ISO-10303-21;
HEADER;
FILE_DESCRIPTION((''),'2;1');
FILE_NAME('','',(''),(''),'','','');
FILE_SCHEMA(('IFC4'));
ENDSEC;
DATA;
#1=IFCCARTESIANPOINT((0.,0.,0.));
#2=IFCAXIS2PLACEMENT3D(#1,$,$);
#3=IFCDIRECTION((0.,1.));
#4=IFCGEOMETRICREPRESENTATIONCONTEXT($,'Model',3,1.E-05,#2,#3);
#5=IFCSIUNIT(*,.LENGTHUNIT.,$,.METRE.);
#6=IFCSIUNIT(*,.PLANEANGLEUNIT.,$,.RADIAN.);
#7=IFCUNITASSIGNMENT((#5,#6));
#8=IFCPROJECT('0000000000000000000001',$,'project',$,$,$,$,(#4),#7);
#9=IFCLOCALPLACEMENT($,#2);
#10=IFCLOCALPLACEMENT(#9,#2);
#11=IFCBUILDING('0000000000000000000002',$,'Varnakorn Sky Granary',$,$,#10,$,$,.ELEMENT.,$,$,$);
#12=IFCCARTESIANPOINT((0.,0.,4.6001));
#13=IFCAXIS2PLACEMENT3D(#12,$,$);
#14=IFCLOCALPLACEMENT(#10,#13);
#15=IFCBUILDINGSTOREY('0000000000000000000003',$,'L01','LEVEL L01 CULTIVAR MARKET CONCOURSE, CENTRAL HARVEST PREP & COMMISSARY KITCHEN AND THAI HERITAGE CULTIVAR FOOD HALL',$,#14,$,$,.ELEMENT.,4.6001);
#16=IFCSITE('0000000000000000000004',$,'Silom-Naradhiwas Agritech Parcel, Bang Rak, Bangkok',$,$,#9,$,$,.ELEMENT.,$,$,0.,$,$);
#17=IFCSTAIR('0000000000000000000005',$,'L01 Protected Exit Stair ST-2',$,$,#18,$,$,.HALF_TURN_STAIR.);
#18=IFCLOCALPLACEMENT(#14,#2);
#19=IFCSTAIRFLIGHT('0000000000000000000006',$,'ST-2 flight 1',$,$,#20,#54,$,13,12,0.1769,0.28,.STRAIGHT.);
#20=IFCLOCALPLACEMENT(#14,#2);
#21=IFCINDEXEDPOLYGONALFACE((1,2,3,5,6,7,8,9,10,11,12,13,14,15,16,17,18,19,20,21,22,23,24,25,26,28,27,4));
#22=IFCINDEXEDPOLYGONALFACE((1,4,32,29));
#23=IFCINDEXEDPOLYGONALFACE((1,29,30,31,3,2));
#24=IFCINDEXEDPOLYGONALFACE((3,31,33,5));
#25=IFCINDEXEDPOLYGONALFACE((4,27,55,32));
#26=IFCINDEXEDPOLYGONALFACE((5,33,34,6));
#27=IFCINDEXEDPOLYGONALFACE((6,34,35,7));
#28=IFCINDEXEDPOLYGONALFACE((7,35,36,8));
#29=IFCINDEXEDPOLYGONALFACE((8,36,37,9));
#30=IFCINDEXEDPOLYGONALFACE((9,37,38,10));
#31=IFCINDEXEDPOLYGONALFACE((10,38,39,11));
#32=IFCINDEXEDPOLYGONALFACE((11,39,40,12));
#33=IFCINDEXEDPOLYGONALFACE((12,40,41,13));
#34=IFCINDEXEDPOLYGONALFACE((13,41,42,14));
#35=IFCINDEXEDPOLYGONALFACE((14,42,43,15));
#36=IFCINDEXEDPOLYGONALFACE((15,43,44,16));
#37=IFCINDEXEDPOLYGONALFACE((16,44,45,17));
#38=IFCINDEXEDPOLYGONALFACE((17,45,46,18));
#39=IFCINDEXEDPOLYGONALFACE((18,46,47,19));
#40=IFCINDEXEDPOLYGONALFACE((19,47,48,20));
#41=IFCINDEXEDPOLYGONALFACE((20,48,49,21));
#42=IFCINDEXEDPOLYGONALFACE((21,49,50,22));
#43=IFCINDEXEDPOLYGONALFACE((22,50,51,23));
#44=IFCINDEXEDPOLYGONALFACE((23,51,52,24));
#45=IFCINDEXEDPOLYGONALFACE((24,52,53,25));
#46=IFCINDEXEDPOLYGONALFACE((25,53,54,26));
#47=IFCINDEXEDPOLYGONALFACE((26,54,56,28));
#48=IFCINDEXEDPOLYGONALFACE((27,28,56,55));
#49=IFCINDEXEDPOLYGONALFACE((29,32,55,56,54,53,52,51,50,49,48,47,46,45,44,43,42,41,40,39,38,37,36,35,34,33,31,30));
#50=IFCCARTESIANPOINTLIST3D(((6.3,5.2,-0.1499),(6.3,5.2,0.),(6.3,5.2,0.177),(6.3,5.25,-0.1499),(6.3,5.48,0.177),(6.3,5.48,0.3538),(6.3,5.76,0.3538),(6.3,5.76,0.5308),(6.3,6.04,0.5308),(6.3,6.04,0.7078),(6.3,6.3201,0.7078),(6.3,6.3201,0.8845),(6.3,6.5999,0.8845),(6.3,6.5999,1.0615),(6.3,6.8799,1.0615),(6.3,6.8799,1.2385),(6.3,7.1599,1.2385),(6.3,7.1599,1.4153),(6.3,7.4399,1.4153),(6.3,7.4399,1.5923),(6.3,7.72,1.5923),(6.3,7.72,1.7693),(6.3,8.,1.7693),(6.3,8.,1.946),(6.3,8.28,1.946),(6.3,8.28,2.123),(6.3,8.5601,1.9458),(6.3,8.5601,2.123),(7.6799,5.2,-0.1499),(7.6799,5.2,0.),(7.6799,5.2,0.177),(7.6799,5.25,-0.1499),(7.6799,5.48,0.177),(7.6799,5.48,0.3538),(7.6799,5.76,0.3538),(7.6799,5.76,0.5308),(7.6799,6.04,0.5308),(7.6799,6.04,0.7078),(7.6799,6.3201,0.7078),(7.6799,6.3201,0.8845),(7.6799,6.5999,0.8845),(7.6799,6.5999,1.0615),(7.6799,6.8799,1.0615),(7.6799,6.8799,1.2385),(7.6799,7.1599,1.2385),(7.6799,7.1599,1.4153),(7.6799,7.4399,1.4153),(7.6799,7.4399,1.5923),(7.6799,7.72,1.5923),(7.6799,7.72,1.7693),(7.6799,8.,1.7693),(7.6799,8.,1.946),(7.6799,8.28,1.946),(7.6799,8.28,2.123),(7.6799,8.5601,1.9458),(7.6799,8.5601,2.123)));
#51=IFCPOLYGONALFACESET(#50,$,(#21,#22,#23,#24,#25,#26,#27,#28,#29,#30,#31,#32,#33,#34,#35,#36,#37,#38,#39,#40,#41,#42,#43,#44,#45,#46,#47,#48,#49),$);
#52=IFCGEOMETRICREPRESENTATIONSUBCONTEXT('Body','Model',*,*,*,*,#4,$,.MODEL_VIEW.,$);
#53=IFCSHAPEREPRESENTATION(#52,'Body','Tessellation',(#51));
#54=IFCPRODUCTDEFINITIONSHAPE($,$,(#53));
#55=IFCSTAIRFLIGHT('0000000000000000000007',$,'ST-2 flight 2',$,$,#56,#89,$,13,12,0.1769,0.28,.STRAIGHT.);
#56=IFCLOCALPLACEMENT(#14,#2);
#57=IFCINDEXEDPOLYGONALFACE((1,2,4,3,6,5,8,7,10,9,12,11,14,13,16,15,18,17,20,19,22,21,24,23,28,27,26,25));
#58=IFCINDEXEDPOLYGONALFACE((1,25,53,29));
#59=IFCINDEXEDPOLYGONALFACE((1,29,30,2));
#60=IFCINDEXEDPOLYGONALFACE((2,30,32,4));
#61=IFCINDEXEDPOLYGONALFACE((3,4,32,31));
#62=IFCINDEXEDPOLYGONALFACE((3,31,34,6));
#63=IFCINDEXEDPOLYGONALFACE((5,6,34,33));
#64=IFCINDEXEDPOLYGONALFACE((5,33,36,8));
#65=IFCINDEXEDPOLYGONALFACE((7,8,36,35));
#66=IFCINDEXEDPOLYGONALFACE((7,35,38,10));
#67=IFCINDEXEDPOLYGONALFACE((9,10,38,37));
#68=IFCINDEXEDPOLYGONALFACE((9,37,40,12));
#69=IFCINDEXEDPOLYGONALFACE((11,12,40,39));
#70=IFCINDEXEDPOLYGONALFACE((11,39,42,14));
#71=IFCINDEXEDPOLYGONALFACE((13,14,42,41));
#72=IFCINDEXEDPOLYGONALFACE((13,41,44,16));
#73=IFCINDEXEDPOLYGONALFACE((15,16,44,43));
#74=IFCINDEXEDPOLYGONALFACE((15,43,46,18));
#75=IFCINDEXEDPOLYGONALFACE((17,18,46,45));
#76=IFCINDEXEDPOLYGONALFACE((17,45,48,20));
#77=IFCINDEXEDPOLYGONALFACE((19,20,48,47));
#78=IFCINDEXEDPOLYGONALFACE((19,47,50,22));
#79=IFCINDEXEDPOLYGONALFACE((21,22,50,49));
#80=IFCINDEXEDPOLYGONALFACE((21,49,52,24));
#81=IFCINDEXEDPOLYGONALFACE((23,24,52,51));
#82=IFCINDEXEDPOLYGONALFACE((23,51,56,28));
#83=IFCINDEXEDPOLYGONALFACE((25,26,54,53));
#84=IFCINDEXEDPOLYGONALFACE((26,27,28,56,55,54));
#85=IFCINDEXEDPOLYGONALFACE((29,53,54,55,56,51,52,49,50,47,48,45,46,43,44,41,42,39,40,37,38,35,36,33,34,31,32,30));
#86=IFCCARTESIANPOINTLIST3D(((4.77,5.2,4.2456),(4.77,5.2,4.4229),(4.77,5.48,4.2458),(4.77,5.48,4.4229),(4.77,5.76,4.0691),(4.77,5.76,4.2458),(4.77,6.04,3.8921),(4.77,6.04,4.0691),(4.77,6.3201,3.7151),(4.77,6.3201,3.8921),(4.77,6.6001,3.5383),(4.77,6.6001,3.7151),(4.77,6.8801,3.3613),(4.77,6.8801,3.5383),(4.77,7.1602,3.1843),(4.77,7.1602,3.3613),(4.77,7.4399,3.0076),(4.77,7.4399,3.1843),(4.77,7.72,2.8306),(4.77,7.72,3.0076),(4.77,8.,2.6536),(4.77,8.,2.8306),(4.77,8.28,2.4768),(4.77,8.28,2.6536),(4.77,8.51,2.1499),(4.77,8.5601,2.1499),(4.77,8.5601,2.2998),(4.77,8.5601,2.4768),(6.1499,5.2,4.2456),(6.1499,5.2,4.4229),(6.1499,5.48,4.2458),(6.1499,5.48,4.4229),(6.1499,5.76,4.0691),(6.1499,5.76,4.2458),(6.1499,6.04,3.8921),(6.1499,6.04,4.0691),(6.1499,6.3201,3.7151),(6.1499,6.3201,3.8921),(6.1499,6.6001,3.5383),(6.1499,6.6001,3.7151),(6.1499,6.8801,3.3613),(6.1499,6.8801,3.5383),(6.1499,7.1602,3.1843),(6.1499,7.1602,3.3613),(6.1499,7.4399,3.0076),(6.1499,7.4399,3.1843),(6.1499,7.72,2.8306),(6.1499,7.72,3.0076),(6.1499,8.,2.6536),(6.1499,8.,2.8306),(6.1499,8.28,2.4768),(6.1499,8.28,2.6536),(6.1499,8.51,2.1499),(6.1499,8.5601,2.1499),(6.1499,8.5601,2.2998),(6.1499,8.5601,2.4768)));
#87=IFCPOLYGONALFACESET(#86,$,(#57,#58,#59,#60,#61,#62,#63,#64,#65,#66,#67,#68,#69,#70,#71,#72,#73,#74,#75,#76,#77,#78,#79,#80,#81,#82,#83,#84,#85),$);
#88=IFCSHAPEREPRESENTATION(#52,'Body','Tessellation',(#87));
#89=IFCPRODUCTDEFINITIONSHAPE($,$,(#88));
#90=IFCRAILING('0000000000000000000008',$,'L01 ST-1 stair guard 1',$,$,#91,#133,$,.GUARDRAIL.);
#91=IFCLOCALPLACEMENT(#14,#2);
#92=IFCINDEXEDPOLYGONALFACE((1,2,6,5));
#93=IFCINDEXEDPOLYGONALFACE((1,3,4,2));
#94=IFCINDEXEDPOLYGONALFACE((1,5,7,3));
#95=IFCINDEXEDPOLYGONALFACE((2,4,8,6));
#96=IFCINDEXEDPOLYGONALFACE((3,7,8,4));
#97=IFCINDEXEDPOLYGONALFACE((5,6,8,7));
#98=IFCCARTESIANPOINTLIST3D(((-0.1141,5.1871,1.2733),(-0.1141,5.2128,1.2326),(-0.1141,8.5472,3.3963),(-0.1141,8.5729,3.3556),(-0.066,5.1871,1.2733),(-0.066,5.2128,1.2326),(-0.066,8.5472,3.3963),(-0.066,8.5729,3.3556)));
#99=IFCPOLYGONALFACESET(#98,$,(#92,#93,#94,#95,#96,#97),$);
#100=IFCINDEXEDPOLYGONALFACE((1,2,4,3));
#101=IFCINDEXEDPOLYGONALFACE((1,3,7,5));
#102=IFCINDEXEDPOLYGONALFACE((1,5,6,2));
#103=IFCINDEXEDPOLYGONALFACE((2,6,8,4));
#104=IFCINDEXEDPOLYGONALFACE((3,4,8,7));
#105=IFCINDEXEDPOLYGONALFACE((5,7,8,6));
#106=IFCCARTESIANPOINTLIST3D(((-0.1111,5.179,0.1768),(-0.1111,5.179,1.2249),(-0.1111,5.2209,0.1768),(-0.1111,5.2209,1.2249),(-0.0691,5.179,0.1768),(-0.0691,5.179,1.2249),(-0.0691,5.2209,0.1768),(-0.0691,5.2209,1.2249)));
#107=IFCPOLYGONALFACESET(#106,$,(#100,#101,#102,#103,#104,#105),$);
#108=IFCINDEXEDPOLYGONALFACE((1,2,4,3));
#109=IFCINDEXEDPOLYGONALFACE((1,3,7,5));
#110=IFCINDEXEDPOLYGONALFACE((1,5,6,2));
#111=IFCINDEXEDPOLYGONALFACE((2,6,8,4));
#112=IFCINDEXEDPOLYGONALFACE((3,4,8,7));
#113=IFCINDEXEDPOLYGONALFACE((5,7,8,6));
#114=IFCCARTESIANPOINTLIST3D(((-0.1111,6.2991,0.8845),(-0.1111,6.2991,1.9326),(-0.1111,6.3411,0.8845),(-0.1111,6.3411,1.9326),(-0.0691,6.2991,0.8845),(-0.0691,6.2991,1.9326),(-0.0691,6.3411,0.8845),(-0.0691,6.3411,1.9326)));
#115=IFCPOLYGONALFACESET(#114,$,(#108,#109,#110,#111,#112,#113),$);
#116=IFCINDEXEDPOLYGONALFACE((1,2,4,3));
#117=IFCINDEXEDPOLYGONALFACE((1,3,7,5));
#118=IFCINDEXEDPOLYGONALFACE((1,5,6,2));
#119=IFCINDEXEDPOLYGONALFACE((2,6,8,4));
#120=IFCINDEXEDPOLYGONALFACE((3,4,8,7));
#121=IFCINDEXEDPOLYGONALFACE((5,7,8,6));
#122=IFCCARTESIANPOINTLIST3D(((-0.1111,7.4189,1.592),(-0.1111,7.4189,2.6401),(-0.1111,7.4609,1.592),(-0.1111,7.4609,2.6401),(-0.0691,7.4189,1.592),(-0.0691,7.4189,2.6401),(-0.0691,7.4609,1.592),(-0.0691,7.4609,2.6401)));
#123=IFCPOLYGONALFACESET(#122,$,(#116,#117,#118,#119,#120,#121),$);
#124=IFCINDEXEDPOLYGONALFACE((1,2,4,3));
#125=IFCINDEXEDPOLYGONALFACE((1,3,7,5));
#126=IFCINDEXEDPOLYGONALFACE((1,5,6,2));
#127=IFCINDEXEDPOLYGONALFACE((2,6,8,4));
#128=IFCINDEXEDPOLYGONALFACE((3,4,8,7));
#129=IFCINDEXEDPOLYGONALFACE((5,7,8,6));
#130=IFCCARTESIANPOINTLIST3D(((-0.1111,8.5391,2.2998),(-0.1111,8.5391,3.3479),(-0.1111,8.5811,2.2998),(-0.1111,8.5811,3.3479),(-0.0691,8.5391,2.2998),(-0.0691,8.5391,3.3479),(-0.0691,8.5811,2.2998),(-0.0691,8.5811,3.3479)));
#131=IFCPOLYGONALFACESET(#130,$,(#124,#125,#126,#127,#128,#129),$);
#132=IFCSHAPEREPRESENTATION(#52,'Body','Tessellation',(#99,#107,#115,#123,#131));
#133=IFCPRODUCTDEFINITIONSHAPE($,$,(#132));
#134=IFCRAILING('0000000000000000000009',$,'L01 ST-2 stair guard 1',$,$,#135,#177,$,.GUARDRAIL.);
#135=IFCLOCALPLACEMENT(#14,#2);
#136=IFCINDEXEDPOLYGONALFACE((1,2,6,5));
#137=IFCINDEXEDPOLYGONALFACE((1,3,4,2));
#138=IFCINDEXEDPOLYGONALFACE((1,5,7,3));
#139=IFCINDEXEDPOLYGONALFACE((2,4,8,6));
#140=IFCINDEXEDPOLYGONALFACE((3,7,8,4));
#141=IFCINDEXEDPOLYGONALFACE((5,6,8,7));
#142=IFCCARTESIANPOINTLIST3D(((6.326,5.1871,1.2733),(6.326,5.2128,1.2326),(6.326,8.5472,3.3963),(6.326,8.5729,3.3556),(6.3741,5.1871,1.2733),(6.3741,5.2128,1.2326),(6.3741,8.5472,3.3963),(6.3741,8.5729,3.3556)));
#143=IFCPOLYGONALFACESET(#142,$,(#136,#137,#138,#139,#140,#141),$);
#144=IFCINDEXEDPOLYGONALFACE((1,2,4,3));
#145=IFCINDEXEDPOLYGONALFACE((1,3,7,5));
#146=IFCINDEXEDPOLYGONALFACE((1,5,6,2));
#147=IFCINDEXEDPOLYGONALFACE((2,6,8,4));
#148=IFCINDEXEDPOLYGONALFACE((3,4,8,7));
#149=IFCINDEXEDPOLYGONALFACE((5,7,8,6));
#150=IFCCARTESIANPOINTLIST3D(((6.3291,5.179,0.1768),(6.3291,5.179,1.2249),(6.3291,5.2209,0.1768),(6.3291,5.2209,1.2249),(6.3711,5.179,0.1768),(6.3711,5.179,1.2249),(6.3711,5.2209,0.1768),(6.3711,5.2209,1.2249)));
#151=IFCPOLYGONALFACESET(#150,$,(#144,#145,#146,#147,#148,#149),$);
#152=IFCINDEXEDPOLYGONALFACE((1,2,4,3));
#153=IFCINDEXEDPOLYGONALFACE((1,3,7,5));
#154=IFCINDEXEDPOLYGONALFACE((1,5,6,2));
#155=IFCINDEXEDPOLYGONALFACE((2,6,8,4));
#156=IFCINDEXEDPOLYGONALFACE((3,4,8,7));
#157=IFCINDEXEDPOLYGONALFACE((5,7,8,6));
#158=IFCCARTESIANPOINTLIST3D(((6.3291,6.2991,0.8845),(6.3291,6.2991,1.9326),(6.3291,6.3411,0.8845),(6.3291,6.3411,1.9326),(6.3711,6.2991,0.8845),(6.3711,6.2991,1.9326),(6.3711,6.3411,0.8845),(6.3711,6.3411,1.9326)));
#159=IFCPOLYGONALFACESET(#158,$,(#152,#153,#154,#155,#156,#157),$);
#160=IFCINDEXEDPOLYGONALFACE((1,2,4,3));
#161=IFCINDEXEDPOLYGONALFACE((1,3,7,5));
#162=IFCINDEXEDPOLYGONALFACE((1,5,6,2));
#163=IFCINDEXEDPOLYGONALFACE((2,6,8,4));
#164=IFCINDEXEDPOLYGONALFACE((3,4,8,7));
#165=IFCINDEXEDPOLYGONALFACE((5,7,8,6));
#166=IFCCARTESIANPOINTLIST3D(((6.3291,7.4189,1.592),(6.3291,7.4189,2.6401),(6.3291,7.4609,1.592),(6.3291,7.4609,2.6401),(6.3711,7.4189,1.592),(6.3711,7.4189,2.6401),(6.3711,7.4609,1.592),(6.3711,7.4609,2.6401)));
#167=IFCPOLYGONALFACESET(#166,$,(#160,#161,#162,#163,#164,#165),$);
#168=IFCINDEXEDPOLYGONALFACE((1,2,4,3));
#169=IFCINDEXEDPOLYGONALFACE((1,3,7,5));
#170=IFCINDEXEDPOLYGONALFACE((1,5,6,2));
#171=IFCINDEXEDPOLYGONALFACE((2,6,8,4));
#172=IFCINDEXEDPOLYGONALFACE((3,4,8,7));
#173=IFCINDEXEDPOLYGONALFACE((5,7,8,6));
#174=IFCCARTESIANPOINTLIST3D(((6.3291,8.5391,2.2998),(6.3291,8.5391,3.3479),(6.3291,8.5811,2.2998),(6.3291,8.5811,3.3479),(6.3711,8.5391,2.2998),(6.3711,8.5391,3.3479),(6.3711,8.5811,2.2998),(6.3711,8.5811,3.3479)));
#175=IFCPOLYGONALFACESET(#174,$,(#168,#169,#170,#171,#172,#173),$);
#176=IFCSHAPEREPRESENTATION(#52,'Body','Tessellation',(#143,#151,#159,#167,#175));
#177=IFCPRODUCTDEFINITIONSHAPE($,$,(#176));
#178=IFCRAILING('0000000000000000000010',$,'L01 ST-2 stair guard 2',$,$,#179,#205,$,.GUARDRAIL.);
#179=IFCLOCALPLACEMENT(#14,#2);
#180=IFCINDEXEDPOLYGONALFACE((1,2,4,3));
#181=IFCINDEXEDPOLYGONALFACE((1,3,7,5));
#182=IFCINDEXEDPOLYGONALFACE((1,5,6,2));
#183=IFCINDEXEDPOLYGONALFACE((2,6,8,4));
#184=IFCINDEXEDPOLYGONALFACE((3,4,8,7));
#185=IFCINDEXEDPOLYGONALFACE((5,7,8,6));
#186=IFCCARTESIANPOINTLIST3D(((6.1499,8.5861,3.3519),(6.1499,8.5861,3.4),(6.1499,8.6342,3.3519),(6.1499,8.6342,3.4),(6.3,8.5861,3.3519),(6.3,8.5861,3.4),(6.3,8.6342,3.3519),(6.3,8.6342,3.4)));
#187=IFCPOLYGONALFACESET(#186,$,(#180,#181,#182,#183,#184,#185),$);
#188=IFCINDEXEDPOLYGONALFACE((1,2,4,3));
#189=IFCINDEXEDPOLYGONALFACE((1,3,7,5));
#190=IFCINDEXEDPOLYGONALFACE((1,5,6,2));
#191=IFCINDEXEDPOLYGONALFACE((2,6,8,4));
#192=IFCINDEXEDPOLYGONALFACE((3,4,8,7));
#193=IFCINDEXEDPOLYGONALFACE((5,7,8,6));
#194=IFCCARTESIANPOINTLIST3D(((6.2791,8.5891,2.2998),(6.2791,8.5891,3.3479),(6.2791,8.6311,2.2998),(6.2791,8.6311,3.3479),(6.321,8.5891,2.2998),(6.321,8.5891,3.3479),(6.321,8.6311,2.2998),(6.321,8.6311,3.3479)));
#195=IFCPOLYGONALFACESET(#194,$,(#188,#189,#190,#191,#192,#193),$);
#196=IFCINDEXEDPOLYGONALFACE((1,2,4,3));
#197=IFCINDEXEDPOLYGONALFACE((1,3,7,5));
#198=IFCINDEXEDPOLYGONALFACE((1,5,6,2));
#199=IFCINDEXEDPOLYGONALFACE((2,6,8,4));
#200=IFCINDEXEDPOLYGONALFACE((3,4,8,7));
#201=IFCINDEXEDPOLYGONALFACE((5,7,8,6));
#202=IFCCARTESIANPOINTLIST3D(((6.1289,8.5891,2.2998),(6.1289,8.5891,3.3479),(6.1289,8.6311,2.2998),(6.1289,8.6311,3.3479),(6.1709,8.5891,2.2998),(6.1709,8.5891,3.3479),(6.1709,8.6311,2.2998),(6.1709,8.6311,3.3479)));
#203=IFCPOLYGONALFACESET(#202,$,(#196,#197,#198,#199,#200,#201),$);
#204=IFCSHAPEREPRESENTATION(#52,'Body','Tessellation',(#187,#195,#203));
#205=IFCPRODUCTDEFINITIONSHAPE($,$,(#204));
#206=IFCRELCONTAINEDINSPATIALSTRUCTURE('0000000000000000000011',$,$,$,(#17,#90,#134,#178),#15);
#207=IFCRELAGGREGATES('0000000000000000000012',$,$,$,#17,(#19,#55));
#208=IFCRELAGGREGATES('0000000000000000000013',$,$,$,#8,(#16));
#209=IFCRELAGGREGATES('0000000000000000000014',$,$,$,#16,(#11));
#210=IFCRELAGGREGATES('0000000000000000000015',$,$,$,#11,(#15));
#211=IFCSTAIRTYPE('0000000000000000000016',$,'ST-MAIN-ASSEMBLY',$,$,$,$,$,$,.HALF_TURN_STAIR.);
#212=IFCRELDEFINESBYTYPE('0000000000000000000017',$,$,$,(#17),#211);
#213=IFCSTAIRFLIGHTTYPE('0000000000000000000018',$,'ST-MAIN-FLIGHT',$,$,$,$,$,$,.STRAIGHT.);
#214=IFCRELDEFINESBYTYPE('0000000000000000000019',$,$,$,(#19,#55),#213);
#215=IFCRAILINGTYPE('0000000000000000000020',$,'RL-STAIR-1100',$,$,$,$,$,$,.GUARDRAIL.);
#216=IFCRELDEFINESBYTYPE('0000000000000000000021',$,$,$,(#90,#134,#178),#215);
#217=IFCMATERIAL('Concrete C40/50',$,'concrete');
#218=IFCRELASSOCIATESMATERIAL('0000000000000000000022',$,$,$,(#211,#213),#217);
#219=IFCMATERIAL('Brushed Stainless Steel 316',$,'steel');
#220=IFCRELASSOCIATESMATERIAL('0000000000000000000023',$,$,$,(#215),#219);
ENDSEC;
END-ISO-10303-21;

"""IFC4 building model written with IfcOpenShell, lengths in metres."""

from ifc_helpers import new_model, si_unit, direction, frame, origin, origin_2d, place, context, subcontext, project, spatial, polyline, rectangle, outline, extrude, material, type_object, element, aggregate, save


model = new_model("IFC4")

# Units and contexts
model_context = context("Model", 3, precision=1e-05, world=origin(), true_north=direction((0.0, 1.0)))
body_context = subcontext(model_context, "Body", "Model", "MODEL_VIEW")
ifc_project = project(units=[si_unit("LENGTHUNIT", "METRE"), si_unit("PLANEANGLEUNIT", "RADIAN")], contexts=[model_context])

# Site, building, storey
site_placement = place(None, origin())
site = spatial("IfcSite", under=ifc_project, at=site_placement, Name="Silom-Naradhiwas Agritech Parcel, Bang Rak, Bangkok", CompositionType="ELEMENT", RefElevation=0.0)
building_placement = place(site_placement, origin())
building = spatial("IfcBuilding", under=site, at=building_placement, Name="Varnakorn Sky Granary", CompositionType="ELEMENT")
storey_placement = place(building_placement, frame((0.0, 0.0, 4.6001)))
storey = spatial("IfcBuildingStorey", under=building, at=storey_placement, Name="L01", Description="LEVEL L01 CULTIVAR MARKET CONCOURSE, CENTRAL HARVEST PREP & COMMISSARY KITCHEN AND THAI HERITAGE CULTIVAR FOOD HALL", CompositionType="ELEMENT", Elevation=4.6001)

# Shared definitions
ifc_material_1 = material(Name="Concrete C40/50", Category="concrete")
stair_type = type_object("IfcStairType", Name="ST-MAIN-ASSEMBLY", PredefinedType="HALF_TURN_STAIR", material=ifc_material_1)
stair_flight_type = type_object("IfcStairFlightType", Name="ST-MAIN-FLIGHT", PredefinedType="STRAIGHT", material=ifc_material_1)

# Stair, stair flights
stair_1_placement = place(storey_placement, origin())
stair_1 = element("IfcStair", 1, at=stair_1_placement, inside=storey, type_object=stair_type, Name="L01 Protected Exit Stair ST-2", PredefinedType="HALF_TURN_STAIR")
stair_flight_1_placement = place(storey_placement, frame((6.99, 5.2, 0.0), z_axis=(0.0, 0.0, 1.0), x_axis=(0.0, 1.0, 0.0)))
stair_flight_1 = element("IfcStairFlight", 2, at=stair_flight_1_placement, type_object=stair_flight_type, Name="ST-2 flight 1", NumberOfRisers=13, NumberOfTreads=12, PredefinedType="STRAIGHT", RiserHeight=0.1769, TreadLength=0.28, context=body_context, shape_type="SweptSolid", body=[
    extrude(outline(polyline([(0.0, -0.1499), (0.0, 0.0), (0.0, 0.177), (0.28, 0.177), (0.28, 0.3538), (0.5601, 0.3538), (0.5601, 0.5308), (0.8401, 0.5308), (0.8401, 0.7078), (1.1201, 0.7078), (1.1201, 0.8845), (1.3999, 0.8845), (1.3999, 1.0615), (1.6799, 1.0615), (1.6799, 1.2385), (1.96, 1.2385), (1.96, 1.4153), (2.24, 1.4153), (2.24, 1.5923), (2.52, 1.5923), (2.52, 1.7693), (2.8, 1.7693), (2.8, 1.946), (3.0801, 1.946), (3.0801, 2.123), (3.3601, 2.123), (3.3601, 2.3), (3.3601, 1.9458), (0.05, -0.1499), (0.0, -0.1499)])), frame((0.0, 0.6899, 0.0), z_axis=(0.0, -1.0, 0.0), x_axis=(1.0, 0.0, 0.0)), (0.0, 0.0, 1.0), 1.3799),
])
stair_flight_2_placement = place(storey_placement, frame((5.46, 8.5601, 2.2998), z_axis=(0.0, 0.0, 1.0), x_axis=(0.0, -1.0, 0.0)))
stair_flight_2 = element("IfcStairFlight", 3, at=stair_flight_2_placement, type_object=stair_flight_type, Name="ST-2 flight 2", NumberOfRisers=13, NumberOfTreads=12, PredefinedType="STRAIGHT", RiserHeight=0.1769, TreadLength=0.28, context=body_context, shape_type="SweptSolid", body=[
    extrude(outline(polyline([(0.0, -0.1499), (0.0, 0.0), (0.0, 0.177), (0.28, 0.177), (0.28, 0.3538), (0.5601, 0.3538), (0.5601, 0.5308), (0.8401, 0.5308), (0.8401, 0.7078), (1.1201, 0.7078), (1.1201, 0.8845), (1.3999, 0.8845), (1.3999, 1.0615), (1.6799, 1.0615), (1.6799, 1.2385), (1.96, 1.2385), (1.96, 1.4153), (2.24, 1.4153), (2.24, 1.5923), (2.52, 1.5923), (2.52, 1.7693), (2.8, 1.7693), (2.8, 1.946), (3.0801, 1.946), (3.0801, 2.123), (3.3601, 2.123), (3.3601, 2.3), (3.3601, 1.9458), (0.05, -0.1499), (0.0, -0.1499)])), frame((0.0, 0.6899, 0.0), z_axis=(0.0, -1.0, 0.0), x_axis=(1.0, 0.0, 0.0)), (0.0, 0.0, 1.0), 1.3799),
])
aggregate(stair_1, [stair_flight_1, stair_flight_2])

# Railings
ifc_material_2 = material(Name="Brushed Stainless Steel 316", Category="steel")
railing_type_1 = type_object("IfcRailingType", Name="RL-STAIR-1100", PredefinedType="GUARDRAIL", material=ifc_material_2)
for number, where, name in (
    (4, (-0.0901, 5.2, 0.1768), "L01 ST-1 stair guard 1"),
    (5, (6.3501, 5.2, 0.1768), "L01 ST-2 stair guard 1"),
):
    element("IfcRailing", number, at=place(storey_placement, frame(where)), inside=storey, type_object=railing_type_1, Name=name, PredefinedType="GUARDRAIL", context=body_context, shape_type="SweptSolid", body=[
        extrude(rectangle(XDim=0.0481, YDim=0.0481, at=origin_2d()), frame((0.0, 0.0, 1.0762), z_axis=(0.0, 0.84539, 0.53415), x_axis=(-1.0, 0.0, 0.0)), (0.0, 0.0, 1.0), 3.9746),
        extrude(rectangle(XDim=0.042, YDim=0.042, at=origin_2d()), origin(), (0.0, 0.0, 1.0), 1.0481),
        extrude(rectangle(XDim=0.042, YDim=0.042, at=origin_2d()), frame((0.0, 1.1201, 0.7078)), (0.0, 0.0, 1.0), 1.0481),
        extrude(rectangle(XDim=0.042, YDim=0.042, at=origin_2d()), frame((0.0, 2.24, 1.4153)), (0.0, 0.0, 1.0), 1.0481),
        extrude(rectangle(XDim=0.042, YDim=0.042, at=origin_2d()), frame((0.0, 3.3601, 2.123)), (0.0, 0.0, 1.0), 1.0481),
    ])
railing_1_placement = place(storey_placement, frame((6.3, 8.6101, 2.2998)))
element("IfcRailing", 6, at=railing_1_placement, inside=storey, type_object=railing_type_1, Name="L01 ST-2 stair guard 2", PredefinedType="GUARDRAIL", context=body_context, shape_type="SweptSolid", body=[
    extrude(rectangle(XDim=0.0481, YDim=0.0481, at=origin_2d()), frame((0.0, 0.0, 1.0762), z_axis=(-1.0, 0.0, 0.0), x_axis=(0.0, -1.0, 0.0)), (0.0, 0.0, 1.0), 0.1501),
    extrude(rectangle(XDim=0.042, YDim=0.042, at=origin_2d()), origin(), (0.0, 0.0, 1.0), 1.0481),
    extrude(rectangle(XDim=0.042, YDim=0.042, at=origin_2d()), frame((-0.1501, 0.0, 0.0)), (0.0, 0.0, 1.0), 1.0481),
])

save(model, "model.ifc")
